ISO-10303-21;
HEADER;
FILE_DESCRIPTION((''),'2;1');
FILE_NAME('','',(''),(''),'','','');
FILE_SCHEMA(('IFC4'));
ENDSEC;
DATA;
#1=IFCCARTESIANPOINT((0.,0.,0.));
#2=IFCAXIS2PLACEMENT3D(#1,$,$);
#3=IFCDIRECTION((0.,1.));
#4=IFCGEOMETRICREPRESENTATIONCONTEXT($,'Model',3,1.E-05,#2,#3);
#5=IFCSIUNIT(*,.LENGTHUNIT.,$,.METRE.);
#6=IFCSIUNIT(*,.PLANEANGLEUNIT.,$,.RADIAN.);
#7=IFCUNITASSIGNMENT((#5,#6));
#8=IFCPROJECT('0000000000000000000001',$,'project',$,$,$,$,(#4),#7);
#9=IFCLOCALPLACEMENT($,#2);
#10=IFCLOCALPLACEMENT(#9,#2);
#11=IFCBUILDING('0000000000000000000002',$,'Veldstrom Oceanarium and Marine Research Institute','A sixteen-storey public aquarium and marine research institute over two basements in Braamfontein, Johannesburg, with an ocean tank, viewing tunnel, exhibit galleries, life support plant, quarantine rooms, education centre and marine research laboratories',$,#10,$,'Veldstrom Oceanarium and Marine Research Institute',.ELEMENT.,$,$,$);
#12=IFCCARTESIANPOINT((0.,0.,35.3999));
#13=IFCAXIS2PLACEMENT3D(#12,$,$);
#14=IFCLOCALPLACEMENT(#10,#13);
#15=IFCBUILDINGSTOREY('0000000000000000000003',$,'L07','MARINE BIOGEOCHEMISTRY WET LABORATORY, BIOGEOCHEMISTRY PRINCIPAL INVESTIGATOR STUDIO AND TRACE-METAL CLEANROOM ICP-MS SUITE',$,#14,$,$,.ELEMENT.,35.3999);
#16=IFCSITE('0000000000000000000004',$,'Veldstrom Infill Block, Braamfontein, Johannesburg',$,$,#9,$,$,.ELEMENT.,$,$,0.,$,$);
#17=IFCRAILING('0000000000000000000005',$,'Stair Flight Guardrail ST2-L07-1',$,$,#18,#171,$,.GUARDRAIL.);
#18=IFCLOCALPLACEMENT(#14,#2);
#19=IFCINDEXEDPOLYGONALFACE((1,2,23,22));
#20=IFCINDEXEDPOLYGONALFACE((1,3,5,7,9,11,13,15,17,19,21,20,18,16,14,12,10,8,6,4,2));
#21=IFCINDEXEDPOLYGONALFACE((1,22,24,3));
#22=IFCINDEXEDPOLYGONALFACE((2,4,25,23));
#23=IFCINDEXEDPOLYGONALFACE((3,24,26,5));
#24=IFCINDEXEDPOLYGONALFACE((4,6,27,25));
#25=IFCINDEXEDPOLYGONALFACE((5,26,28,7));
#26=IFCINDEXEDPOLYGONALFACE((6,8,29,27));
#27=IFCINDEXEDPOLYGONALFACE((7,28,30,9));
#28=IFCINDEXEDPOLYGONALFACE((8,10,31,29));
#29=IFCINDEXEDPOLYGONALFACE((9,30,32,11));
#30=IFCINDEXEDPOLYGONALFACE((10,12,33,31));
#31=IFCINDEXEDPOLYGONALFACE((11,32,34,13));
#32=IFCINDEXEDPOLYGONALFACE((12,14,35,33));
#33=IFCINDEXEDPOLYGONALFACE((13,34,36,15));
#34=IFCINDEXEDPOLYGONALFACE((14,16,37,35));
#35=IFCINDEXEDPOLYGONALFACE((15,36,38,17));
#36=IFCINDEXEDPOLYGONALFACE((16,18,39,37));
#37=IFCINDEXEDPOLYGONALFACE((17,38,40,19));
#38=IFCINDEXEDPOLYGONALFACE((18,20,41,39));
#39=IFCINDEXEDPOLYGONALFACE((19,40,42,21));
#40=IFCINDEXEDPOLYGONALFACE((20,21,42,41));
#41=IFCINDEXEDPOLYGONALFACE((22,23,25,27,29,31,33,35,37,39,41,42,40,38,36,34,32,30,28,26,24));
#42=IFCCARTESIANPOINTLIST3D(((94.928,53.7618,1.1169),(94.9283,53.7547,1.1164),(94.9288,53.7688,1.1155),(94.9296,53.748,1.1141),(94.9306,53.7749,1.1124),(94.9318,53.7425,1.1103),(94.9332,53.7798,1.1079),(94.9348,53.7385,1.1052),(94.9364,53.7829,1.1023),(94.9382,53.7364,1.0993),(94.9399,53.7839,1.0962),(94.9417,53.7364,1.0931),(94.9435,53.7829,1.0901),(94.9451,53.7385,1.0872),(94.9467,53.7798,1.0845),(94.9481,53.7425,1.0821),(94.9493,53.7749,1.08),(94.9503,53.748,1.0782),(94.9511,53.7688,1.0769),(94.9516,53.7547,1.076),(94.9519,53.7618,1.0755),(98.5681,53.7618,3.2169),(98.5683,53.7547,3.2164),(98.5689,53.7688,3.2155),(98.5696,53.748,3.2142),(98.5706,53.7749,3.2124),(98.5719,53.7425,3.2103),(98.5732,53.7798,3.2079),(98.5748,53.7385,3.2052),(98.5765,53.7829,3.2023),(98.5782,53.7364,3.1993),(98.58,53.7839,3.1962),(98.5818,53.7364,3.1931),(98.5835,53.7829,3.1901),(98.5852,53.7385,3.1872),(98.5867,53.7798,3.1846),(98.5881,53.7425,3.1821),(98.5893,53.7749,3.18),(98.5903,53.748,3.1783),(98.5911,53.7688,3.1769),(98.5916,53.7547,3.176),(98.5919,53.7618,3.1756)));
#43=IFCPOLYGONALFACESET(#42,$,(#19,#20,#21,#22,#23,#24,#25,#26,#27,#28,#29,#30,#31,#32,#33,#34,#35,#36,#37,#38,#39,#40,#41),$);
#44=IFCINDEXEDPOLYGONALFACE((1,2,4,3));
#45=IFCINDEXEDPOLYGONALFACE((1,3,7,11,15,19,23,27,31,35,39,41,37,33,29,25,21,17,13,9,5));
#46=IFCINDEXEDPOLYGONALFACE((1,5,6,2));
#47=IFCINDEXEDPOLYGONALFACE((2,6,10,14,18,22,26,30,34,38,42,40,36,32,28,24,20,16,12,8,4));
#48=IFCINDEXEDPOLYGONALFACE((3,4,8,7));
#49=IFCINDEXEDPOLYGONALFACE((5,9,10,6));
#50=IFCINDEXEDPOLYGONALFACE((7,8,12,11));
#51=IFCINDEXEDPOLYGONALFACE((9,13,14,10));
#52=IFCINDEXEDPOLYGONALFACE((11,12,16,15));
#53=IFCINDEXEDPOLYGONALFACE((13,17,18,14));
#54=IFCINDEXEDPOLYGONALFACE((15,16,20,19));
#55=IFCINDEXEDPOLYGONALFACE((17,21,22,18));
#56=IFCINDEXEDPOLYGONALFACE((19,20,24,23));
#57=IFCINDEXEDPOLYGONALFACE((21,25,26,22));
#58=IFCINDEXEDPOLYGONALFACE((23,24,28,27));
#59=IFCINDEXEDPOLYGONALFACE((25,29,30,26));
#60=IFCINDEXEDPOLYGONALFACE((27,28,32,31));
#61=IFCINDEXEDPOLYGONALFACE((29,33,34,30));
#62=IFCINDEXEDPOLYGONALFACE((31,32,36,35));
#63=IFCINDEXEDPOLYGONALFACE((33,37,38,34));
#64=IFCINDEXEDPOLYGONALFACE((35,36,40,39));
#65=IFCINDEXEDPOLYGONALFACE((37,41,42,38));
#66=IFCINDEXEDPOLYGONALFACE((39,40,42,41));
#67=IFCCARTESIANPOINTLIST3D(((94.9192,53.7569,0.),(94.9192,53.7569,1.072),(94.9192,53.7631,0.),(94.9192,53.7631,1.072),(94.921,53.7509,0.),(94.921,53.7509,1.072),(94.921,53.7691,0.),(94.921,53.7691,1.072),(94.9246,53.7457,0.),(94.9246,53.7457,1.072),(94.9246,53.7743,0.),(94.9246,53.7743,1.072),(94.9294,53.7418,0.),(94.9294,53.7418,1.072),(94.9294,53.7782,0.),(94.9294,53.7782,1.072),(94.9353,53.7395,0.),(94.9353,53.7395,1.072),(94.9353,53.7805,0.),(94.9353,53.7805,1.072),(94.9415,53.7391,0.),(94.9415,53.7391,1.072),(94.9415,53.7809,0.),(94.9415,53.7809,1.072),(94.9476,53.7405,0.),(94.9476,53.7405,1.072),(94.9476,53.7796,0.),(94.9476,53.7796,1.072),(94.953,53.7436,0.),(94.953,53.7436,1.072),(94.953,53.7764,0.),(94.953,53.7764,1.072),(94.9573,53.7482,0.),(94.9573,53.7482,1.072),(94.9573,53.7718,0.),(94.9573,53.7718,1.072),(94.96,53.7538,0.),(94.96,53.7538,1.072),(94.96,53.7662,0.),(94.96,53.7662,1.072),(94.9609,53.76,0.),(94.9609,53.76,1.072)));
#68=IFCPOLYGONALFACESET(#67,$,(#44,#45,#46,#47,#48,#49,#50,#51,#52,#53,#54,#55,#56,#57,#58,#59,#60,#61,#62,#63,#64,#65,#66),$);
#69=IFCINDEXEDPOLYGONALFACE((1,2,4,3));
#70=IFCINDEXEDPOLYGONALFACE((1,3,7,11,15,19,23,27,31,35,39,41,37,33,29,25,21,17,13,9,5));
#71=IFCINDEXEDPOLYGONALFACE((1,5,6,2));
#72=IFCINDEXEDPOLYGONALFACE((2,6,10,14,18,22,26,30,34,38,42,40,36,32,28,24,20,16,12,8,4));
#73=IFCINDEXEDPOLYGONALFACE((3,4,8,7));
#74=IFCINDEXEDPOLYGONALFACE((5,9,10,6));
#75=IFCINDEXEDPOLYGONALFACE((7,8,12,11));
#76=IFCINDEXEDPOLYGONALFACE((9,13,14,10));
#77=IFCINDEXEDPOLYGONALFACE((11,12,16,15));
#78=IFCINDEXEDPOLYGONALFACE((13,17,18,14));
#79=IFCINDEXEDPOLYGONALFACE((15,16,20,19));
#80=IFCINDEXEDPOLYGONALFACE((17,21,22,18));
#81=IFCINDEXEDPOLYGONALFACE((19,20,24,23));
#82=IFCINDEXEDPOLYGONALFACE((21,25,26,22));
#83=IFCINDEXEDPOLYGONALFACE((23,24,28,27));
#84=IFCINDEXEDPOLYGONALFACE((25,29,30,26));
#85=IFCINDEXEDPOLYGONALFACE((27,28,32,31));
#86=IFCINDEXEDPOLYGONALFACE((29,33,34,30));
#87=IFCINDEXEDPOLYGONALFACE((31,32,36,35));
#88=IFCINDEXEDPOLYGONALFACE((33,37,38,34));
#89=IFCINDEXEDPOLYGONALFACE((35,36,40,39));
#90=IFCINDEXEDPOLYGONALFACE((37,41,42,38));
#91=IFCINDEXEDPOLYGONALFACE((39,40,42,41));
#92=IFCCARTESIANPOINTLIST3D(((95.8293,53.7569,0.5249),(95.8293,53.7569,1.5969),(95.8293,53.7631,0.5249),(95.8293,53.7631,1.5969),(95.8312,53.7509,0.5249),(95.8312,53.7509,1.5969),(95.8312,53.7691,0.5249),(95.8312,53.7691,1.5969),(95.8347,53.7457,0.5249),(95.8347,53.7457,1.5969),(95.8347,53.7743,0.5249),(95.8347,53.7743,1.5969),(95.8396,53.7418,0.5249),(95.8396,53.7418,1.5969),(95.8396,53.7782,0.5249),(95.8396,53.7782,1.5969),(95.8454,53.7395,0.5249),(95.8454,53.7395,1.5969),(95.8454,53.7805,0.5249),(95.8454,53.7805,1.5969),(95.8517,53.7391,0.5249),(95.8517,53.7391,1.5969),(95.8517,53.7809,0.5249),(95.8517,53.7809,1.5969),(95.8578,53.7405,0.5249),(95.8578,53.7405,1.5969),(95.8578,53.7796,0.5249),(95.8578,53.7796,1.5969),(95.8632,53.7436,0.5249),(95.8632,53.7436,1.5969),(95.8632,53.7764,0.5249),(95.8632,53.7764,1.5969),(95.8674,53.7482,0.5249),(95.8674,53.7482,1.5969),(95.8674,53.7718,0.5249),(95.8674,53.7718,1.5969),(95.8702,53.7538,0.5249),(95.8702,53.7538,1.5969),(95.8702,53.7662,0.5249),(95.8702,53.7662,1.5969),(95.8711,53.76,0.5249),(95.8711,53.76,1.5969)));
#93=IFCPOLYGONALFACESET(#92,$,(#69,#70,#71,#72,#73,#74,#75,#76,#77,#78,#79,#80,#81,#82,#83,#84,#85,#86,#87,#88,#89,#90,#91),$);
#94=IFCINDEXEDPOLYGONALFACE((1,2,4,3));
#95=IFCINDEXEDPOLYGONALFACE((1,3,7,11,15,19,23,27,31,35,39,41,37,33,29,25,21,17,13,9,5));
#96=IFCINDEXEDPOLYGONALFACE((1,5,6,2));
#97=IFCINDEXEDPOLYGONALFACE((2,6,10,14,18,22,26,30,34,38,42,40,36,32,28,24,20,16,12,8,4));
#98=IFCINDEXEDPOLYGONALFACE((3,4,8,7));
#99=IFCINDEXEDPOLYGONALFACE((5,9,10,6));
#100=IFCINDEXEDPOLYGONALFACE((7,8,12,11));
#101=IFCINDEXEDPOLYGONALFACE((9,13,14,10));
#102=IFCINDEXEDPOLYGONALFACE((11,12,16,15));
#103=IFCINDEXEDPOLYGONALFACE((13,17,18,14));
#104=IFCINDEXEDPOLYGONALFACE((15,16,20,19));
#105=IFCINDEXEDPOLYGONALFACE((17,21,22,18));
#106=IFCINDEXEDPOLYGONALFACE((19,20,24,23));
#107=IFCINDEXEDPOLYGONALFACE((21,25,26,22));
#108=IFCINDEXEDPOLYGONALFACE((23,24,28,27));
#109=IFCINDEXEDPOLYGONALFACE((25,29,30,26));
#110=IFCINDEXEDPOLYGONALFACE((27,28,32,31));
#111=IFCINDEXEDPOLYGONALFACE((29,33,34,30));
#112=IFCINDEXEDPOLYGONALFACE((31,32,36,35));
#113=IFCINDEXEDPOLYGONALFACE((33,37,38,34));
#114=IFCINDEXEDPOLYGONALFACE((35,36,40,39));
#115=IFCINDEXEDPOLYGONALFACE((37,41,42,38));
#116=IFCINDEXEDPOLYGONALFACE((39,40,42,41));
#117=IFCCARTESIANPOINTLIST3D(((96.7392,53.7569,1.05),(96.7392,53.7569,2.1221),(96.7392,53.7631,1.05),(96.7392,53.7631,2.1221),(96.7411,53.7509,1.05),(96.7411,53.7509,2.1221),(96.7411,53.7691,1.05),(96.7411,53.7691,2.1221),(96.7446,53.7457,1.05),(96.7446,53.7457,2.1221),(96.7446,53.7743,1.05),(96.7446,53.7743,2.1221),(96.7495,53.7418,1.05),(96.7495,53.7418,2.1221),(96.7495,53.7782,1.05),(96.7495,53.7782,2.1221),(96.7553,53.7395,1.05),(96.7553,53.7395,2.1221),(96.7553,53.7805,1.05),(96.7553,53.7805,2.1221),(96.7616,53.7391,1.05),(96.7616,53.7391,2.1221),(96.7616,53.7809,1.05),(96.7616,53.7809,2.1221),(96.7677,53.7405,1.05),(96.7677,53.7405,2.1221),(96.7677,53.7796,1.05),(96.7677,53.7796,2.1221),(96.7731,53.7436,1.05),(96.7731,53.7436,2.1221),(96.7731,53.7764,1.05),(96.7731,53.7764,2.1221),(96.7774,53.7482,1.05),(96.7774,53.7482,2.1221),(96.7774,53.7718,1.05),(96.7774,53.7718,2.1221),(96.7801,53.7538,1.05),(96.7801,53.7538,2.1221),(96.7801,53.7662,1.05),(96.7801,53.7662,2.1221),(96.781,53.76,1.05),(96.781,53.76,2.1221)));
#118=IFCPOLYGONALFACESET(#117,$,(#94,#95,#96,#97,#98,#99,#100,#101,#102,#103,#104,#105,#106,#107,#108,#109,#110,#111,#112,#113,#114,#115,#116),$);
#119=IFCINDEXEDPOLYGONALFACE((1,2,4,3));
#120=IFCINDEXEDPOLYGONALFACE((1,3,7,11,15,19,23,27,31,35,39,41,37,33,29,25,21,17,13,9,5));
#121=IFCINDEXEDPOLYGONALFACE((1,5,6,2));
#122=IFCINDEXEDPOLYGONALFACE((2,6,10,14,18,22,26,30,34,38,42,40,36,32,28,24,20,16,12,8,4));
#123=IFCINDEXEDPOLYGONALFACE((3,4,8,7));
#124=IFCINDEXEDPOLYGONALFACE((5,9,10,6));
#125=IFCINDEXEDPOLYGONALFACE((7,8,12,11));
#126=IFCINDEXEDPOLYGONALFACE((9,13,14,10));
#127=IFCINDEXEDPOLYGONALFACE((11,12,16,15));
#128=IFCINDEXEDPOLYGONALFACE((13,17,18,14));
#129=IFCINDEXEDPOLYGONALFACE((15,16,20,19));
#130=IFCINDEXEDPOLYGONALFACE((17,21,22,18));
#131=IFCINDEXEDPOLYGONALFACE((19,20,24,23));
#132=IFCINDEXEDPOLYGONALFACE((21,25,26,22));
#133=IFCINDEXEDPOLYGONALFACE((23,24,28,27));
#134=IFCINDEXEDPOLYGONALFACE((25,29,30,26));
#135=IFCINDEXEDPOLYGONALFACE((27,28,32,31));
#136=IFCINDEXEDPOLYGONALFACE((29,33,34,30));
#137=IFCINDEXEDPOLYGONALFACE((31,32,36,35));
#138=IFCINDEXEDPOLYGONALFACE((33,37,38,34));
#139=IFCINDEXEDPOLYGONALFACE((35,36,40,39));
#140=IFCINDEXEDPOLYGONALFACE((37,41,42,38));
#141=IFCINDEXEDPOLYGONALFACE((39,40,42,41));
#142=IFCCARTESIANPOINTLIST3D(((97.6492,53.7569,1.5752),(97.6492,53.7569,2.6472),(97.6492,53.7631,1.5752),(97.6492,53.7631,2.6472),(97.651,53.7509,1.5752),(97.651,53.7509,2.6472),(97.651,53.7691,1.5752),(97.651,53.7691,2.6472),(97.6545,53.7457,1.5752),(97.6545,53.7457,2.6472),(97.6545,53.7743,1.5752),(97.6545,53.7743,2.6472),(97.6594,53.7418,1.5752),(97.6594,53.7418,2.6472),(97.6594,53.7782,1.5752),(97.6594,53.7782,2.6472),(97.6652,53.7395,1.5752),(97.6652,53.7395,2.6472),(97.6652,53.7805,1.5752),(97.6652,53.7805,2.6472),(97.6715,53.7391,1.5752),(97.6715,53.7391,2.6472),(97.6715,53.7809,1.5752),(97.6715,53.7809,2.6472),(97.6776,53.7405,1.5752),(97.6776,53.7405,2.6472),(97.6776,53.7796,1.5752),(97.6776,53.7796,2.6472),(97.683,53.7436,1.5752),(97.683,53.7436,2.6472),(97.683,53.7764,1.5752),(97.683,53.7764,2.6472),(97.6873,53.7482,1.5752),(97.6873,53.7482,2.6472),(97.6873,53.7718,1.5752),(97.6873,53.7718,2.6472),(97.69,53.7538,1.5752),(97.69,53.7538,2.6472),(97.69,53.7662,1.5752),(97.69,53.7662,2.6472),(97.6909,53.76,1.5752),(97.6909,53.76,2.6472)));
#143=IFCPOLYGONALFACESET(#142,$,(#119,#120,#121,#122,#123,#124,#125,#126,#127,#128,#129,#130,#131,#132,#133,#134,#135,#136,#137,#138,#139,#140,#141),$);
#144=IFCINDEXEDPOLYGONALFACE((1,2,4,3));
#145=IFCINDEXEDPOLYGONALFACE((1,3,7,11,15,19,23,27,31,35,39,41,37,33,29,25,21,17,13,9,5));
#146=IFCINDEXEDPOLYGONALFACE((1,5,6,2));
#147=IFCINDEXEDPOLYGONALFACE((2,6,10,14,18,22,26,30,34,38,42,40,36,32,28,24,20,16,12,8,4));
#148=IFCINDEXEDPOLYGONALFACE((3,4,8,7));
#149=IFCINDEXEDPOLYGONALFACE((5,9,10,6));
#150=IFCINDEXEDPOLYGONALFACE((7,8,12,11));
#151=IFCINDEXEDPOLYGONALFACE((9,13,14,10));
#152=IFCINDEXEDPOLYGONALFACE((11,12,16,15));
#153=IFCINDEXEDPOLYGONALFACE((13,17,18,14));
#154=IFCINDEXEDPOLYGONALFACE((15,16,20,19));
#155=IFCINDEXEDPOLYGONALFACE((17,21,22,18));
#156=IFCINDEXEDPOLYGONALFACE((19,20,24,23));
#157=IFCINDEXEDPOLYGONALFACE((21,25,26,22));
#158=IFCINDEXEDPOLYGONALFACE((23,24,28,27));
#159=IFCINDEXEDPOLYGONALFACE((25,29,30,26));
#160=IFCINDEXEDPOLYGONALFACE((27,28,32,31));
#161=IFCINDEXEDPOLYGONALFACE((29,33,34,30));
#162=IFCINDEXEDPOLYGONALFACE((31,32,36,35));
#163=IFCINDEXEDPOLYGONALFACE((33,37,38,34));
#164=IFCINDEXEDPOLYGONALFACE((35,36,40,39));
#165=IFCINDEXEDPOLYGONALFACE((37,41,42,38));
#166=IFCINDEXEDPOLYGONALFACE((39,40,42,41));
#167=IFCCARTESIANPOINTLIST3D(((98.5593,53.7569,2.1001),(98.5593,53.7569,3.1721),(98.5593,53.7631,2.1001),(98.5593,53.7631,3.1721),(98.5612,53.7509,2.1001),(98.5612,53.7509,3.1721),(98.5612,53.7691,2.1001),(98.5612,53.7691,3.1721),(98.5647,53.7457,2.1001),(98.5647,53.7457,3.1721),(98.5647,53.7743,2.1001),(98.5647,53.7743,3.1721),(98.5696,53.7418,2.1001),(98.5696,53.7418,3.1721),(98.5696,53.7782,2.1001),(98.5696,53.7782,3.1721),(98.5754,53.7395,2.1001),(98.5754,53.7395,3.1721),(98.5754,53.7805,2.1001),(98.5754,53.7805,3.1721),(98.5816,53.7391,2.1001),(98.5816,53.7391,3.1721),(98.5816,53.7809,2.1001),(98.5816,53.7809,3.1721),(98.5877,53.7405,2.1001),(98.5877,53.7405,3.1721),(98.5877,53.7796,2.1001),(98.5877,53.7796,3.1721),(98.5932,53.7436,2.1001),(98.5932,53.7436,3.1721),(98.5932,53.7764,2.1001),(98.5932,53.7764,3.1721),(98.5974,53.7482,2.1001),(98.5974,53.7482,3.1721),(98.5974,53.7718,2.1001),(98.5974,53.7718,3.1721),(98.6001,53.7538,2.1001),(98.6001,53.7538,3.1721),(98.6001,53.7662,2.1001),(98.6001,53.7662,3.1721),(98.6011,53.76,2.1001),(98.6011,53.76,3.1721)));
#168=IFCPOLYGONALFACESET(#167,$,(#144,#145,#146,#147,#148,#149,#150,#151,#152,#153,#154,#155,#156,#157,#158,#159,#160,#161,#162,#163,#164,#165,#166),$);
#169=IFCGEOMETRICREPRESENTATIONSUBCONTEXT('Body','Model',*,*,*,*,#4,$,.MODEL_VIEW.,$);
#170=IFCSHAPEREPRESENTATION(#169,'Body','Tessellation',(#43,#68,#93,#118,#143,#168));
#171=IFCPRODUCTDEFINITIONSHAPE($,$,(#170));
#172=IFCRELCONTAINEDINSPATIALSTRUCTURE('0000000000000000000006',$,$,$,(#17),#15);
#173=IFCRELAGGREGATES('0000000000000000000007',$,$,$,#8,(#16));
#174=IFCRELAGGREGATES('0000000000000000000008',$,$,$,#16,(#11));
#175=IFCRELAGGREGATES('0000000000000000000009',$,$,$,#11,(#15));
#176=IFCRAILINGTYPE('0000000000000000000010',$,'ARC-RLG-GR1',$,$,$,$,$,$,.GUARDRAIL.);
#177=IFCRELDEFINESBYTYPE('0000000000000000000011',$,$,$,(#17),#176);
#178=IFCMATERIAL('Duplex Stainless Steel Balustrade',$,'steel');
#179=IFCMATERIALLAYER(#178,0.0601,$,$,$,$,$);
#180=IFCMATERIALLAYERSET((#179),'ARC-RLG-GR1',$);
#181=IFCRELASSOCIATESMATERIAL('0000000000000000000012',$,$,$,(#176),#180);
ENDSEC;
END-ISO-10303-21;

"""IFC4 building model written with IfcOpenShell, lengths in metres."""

from ifc_helpers import new_model, si_unit, direction, frame, origin, origin_2d, place, context, subcontext, project, spatial, circle, extrude, material, layer, layer_set, type_object, element, save


model = new_model("IFC4")

# Units and contexts
model_context = context("Model", 3, precision=1e-05, world=origin(), true_north=direction((0.0, 1.0)))
body_context = subcontext(model_context, "Body", "Model", "MODEL_VIEW")
ifc_project = project(units=[si_unit("LENGTHUNIT", "METRE"), si_unit("PLANEANGLEUNIT", "RADIAN")], contexts=[model_context])

# Site, building, storey
site_placement = place(None, origin())
site = spatial("IfcSite", under=ifc_project, at=site_placement, Name="Veldstrom Infill Block, Braamfontein, Johannesburg", CompositionType="ELEMENT", RefElevation=0.0)
building_placement = place(site_placement, origin())
building = spatial("IfcBuilding", under=site, at=building_placement, Name="Veldstrom Oceanarium and Marine Research Institute", Description="A sixteen-storey public aquarium and marine research institute over two basements in Braamfontein, Johannesburg, with an ocean tank, viewing tunnel, exhibit galleries, life support plant, quarantine rooms, education centre and marine research laboratories", LongName="Veldstrom Oceanarium and Marine Research Institute", CompositionType="ELEMENT")
storey_placement = place(building_placement, frame((0.0, 0.0, 35.3999)))
storey = spatial("IfcBuildingStorey", under=building, at=storey_placement, Name="L07", Description="MARINE BIOGEOCHEMISTRY WET LABORATORY, BIOGEOCHEMISTRY PRINCIPAL INVESTIGATOR STUDIO AND TRACE-METAL CLEANROOM ICP-MS SUITE", CompositionType="ELEMENT", Elevation=35.3999)

# Railing
ifc_material_1 = material(Name="Duplex Stainless Steel Balustrade", Category="steel")
ifc_layer_1 = layer(ifc_material_1, 0.0601)
ifc_layer_set_1 = layer_set([ifc_layer_1], Name="ARC-RLG-GR1")
railing_type_1 = type_object("IfcRailingType", Name="ARC-RLG-GR1", PredefinedType="GUARDRAIL", material=ifc_layer_set_1)
railing_1_placement = place(storey_placement, frame((94.9399, 53.76, 0.0)))
element("IfcRailing", 1, at=railing_1_placement, inside=storey, type_object=railing_type_1, Name="Stair Flight Guardrail ST2-L07-1", PredefinedType="GUARDRAIL", context=body_context, shape_type="SweptSolid", body=[
    extrude(circle(Radius=0.0239, at=origin_2d()), frame((0.0, 0.0, 1.0962), z_axis=(0.866184, 0.0, 0.499726), x_axis=(0.0, 1.0, 0.0)), (0.0, 0.0, 1.0), 4.2024),
    extrude(circle(Radius=0.021, at=origin_2d()), origin(), (0.0, 0.0, 1.0), 1.072),
    extrude(circle(Radius=0.021, at=origin_2d()), frame((0.9102, 0.0, 0.5249)), (0.0, 0.0, 1.0), 1.072),
    extrude(circle(Radius=0.021, at=origin_2d()), frame((1.8201, 0.0, 1.05)), (0.0, 0.0, 1.0), 1.072),
    extrude(circle(Radius=0.021, at=origin_2d()), frame((2.73, 0.0, 1.5752)), (0.0, 0.0, 1.0), 1.072),
    extrude(circle(Radius=0.021, at=origin_2d()), frame((3.6401, 0.0, 2.1001)), (0.0, 0.0, 1.0), 1.072),
])

save(model, "model.ifc")
